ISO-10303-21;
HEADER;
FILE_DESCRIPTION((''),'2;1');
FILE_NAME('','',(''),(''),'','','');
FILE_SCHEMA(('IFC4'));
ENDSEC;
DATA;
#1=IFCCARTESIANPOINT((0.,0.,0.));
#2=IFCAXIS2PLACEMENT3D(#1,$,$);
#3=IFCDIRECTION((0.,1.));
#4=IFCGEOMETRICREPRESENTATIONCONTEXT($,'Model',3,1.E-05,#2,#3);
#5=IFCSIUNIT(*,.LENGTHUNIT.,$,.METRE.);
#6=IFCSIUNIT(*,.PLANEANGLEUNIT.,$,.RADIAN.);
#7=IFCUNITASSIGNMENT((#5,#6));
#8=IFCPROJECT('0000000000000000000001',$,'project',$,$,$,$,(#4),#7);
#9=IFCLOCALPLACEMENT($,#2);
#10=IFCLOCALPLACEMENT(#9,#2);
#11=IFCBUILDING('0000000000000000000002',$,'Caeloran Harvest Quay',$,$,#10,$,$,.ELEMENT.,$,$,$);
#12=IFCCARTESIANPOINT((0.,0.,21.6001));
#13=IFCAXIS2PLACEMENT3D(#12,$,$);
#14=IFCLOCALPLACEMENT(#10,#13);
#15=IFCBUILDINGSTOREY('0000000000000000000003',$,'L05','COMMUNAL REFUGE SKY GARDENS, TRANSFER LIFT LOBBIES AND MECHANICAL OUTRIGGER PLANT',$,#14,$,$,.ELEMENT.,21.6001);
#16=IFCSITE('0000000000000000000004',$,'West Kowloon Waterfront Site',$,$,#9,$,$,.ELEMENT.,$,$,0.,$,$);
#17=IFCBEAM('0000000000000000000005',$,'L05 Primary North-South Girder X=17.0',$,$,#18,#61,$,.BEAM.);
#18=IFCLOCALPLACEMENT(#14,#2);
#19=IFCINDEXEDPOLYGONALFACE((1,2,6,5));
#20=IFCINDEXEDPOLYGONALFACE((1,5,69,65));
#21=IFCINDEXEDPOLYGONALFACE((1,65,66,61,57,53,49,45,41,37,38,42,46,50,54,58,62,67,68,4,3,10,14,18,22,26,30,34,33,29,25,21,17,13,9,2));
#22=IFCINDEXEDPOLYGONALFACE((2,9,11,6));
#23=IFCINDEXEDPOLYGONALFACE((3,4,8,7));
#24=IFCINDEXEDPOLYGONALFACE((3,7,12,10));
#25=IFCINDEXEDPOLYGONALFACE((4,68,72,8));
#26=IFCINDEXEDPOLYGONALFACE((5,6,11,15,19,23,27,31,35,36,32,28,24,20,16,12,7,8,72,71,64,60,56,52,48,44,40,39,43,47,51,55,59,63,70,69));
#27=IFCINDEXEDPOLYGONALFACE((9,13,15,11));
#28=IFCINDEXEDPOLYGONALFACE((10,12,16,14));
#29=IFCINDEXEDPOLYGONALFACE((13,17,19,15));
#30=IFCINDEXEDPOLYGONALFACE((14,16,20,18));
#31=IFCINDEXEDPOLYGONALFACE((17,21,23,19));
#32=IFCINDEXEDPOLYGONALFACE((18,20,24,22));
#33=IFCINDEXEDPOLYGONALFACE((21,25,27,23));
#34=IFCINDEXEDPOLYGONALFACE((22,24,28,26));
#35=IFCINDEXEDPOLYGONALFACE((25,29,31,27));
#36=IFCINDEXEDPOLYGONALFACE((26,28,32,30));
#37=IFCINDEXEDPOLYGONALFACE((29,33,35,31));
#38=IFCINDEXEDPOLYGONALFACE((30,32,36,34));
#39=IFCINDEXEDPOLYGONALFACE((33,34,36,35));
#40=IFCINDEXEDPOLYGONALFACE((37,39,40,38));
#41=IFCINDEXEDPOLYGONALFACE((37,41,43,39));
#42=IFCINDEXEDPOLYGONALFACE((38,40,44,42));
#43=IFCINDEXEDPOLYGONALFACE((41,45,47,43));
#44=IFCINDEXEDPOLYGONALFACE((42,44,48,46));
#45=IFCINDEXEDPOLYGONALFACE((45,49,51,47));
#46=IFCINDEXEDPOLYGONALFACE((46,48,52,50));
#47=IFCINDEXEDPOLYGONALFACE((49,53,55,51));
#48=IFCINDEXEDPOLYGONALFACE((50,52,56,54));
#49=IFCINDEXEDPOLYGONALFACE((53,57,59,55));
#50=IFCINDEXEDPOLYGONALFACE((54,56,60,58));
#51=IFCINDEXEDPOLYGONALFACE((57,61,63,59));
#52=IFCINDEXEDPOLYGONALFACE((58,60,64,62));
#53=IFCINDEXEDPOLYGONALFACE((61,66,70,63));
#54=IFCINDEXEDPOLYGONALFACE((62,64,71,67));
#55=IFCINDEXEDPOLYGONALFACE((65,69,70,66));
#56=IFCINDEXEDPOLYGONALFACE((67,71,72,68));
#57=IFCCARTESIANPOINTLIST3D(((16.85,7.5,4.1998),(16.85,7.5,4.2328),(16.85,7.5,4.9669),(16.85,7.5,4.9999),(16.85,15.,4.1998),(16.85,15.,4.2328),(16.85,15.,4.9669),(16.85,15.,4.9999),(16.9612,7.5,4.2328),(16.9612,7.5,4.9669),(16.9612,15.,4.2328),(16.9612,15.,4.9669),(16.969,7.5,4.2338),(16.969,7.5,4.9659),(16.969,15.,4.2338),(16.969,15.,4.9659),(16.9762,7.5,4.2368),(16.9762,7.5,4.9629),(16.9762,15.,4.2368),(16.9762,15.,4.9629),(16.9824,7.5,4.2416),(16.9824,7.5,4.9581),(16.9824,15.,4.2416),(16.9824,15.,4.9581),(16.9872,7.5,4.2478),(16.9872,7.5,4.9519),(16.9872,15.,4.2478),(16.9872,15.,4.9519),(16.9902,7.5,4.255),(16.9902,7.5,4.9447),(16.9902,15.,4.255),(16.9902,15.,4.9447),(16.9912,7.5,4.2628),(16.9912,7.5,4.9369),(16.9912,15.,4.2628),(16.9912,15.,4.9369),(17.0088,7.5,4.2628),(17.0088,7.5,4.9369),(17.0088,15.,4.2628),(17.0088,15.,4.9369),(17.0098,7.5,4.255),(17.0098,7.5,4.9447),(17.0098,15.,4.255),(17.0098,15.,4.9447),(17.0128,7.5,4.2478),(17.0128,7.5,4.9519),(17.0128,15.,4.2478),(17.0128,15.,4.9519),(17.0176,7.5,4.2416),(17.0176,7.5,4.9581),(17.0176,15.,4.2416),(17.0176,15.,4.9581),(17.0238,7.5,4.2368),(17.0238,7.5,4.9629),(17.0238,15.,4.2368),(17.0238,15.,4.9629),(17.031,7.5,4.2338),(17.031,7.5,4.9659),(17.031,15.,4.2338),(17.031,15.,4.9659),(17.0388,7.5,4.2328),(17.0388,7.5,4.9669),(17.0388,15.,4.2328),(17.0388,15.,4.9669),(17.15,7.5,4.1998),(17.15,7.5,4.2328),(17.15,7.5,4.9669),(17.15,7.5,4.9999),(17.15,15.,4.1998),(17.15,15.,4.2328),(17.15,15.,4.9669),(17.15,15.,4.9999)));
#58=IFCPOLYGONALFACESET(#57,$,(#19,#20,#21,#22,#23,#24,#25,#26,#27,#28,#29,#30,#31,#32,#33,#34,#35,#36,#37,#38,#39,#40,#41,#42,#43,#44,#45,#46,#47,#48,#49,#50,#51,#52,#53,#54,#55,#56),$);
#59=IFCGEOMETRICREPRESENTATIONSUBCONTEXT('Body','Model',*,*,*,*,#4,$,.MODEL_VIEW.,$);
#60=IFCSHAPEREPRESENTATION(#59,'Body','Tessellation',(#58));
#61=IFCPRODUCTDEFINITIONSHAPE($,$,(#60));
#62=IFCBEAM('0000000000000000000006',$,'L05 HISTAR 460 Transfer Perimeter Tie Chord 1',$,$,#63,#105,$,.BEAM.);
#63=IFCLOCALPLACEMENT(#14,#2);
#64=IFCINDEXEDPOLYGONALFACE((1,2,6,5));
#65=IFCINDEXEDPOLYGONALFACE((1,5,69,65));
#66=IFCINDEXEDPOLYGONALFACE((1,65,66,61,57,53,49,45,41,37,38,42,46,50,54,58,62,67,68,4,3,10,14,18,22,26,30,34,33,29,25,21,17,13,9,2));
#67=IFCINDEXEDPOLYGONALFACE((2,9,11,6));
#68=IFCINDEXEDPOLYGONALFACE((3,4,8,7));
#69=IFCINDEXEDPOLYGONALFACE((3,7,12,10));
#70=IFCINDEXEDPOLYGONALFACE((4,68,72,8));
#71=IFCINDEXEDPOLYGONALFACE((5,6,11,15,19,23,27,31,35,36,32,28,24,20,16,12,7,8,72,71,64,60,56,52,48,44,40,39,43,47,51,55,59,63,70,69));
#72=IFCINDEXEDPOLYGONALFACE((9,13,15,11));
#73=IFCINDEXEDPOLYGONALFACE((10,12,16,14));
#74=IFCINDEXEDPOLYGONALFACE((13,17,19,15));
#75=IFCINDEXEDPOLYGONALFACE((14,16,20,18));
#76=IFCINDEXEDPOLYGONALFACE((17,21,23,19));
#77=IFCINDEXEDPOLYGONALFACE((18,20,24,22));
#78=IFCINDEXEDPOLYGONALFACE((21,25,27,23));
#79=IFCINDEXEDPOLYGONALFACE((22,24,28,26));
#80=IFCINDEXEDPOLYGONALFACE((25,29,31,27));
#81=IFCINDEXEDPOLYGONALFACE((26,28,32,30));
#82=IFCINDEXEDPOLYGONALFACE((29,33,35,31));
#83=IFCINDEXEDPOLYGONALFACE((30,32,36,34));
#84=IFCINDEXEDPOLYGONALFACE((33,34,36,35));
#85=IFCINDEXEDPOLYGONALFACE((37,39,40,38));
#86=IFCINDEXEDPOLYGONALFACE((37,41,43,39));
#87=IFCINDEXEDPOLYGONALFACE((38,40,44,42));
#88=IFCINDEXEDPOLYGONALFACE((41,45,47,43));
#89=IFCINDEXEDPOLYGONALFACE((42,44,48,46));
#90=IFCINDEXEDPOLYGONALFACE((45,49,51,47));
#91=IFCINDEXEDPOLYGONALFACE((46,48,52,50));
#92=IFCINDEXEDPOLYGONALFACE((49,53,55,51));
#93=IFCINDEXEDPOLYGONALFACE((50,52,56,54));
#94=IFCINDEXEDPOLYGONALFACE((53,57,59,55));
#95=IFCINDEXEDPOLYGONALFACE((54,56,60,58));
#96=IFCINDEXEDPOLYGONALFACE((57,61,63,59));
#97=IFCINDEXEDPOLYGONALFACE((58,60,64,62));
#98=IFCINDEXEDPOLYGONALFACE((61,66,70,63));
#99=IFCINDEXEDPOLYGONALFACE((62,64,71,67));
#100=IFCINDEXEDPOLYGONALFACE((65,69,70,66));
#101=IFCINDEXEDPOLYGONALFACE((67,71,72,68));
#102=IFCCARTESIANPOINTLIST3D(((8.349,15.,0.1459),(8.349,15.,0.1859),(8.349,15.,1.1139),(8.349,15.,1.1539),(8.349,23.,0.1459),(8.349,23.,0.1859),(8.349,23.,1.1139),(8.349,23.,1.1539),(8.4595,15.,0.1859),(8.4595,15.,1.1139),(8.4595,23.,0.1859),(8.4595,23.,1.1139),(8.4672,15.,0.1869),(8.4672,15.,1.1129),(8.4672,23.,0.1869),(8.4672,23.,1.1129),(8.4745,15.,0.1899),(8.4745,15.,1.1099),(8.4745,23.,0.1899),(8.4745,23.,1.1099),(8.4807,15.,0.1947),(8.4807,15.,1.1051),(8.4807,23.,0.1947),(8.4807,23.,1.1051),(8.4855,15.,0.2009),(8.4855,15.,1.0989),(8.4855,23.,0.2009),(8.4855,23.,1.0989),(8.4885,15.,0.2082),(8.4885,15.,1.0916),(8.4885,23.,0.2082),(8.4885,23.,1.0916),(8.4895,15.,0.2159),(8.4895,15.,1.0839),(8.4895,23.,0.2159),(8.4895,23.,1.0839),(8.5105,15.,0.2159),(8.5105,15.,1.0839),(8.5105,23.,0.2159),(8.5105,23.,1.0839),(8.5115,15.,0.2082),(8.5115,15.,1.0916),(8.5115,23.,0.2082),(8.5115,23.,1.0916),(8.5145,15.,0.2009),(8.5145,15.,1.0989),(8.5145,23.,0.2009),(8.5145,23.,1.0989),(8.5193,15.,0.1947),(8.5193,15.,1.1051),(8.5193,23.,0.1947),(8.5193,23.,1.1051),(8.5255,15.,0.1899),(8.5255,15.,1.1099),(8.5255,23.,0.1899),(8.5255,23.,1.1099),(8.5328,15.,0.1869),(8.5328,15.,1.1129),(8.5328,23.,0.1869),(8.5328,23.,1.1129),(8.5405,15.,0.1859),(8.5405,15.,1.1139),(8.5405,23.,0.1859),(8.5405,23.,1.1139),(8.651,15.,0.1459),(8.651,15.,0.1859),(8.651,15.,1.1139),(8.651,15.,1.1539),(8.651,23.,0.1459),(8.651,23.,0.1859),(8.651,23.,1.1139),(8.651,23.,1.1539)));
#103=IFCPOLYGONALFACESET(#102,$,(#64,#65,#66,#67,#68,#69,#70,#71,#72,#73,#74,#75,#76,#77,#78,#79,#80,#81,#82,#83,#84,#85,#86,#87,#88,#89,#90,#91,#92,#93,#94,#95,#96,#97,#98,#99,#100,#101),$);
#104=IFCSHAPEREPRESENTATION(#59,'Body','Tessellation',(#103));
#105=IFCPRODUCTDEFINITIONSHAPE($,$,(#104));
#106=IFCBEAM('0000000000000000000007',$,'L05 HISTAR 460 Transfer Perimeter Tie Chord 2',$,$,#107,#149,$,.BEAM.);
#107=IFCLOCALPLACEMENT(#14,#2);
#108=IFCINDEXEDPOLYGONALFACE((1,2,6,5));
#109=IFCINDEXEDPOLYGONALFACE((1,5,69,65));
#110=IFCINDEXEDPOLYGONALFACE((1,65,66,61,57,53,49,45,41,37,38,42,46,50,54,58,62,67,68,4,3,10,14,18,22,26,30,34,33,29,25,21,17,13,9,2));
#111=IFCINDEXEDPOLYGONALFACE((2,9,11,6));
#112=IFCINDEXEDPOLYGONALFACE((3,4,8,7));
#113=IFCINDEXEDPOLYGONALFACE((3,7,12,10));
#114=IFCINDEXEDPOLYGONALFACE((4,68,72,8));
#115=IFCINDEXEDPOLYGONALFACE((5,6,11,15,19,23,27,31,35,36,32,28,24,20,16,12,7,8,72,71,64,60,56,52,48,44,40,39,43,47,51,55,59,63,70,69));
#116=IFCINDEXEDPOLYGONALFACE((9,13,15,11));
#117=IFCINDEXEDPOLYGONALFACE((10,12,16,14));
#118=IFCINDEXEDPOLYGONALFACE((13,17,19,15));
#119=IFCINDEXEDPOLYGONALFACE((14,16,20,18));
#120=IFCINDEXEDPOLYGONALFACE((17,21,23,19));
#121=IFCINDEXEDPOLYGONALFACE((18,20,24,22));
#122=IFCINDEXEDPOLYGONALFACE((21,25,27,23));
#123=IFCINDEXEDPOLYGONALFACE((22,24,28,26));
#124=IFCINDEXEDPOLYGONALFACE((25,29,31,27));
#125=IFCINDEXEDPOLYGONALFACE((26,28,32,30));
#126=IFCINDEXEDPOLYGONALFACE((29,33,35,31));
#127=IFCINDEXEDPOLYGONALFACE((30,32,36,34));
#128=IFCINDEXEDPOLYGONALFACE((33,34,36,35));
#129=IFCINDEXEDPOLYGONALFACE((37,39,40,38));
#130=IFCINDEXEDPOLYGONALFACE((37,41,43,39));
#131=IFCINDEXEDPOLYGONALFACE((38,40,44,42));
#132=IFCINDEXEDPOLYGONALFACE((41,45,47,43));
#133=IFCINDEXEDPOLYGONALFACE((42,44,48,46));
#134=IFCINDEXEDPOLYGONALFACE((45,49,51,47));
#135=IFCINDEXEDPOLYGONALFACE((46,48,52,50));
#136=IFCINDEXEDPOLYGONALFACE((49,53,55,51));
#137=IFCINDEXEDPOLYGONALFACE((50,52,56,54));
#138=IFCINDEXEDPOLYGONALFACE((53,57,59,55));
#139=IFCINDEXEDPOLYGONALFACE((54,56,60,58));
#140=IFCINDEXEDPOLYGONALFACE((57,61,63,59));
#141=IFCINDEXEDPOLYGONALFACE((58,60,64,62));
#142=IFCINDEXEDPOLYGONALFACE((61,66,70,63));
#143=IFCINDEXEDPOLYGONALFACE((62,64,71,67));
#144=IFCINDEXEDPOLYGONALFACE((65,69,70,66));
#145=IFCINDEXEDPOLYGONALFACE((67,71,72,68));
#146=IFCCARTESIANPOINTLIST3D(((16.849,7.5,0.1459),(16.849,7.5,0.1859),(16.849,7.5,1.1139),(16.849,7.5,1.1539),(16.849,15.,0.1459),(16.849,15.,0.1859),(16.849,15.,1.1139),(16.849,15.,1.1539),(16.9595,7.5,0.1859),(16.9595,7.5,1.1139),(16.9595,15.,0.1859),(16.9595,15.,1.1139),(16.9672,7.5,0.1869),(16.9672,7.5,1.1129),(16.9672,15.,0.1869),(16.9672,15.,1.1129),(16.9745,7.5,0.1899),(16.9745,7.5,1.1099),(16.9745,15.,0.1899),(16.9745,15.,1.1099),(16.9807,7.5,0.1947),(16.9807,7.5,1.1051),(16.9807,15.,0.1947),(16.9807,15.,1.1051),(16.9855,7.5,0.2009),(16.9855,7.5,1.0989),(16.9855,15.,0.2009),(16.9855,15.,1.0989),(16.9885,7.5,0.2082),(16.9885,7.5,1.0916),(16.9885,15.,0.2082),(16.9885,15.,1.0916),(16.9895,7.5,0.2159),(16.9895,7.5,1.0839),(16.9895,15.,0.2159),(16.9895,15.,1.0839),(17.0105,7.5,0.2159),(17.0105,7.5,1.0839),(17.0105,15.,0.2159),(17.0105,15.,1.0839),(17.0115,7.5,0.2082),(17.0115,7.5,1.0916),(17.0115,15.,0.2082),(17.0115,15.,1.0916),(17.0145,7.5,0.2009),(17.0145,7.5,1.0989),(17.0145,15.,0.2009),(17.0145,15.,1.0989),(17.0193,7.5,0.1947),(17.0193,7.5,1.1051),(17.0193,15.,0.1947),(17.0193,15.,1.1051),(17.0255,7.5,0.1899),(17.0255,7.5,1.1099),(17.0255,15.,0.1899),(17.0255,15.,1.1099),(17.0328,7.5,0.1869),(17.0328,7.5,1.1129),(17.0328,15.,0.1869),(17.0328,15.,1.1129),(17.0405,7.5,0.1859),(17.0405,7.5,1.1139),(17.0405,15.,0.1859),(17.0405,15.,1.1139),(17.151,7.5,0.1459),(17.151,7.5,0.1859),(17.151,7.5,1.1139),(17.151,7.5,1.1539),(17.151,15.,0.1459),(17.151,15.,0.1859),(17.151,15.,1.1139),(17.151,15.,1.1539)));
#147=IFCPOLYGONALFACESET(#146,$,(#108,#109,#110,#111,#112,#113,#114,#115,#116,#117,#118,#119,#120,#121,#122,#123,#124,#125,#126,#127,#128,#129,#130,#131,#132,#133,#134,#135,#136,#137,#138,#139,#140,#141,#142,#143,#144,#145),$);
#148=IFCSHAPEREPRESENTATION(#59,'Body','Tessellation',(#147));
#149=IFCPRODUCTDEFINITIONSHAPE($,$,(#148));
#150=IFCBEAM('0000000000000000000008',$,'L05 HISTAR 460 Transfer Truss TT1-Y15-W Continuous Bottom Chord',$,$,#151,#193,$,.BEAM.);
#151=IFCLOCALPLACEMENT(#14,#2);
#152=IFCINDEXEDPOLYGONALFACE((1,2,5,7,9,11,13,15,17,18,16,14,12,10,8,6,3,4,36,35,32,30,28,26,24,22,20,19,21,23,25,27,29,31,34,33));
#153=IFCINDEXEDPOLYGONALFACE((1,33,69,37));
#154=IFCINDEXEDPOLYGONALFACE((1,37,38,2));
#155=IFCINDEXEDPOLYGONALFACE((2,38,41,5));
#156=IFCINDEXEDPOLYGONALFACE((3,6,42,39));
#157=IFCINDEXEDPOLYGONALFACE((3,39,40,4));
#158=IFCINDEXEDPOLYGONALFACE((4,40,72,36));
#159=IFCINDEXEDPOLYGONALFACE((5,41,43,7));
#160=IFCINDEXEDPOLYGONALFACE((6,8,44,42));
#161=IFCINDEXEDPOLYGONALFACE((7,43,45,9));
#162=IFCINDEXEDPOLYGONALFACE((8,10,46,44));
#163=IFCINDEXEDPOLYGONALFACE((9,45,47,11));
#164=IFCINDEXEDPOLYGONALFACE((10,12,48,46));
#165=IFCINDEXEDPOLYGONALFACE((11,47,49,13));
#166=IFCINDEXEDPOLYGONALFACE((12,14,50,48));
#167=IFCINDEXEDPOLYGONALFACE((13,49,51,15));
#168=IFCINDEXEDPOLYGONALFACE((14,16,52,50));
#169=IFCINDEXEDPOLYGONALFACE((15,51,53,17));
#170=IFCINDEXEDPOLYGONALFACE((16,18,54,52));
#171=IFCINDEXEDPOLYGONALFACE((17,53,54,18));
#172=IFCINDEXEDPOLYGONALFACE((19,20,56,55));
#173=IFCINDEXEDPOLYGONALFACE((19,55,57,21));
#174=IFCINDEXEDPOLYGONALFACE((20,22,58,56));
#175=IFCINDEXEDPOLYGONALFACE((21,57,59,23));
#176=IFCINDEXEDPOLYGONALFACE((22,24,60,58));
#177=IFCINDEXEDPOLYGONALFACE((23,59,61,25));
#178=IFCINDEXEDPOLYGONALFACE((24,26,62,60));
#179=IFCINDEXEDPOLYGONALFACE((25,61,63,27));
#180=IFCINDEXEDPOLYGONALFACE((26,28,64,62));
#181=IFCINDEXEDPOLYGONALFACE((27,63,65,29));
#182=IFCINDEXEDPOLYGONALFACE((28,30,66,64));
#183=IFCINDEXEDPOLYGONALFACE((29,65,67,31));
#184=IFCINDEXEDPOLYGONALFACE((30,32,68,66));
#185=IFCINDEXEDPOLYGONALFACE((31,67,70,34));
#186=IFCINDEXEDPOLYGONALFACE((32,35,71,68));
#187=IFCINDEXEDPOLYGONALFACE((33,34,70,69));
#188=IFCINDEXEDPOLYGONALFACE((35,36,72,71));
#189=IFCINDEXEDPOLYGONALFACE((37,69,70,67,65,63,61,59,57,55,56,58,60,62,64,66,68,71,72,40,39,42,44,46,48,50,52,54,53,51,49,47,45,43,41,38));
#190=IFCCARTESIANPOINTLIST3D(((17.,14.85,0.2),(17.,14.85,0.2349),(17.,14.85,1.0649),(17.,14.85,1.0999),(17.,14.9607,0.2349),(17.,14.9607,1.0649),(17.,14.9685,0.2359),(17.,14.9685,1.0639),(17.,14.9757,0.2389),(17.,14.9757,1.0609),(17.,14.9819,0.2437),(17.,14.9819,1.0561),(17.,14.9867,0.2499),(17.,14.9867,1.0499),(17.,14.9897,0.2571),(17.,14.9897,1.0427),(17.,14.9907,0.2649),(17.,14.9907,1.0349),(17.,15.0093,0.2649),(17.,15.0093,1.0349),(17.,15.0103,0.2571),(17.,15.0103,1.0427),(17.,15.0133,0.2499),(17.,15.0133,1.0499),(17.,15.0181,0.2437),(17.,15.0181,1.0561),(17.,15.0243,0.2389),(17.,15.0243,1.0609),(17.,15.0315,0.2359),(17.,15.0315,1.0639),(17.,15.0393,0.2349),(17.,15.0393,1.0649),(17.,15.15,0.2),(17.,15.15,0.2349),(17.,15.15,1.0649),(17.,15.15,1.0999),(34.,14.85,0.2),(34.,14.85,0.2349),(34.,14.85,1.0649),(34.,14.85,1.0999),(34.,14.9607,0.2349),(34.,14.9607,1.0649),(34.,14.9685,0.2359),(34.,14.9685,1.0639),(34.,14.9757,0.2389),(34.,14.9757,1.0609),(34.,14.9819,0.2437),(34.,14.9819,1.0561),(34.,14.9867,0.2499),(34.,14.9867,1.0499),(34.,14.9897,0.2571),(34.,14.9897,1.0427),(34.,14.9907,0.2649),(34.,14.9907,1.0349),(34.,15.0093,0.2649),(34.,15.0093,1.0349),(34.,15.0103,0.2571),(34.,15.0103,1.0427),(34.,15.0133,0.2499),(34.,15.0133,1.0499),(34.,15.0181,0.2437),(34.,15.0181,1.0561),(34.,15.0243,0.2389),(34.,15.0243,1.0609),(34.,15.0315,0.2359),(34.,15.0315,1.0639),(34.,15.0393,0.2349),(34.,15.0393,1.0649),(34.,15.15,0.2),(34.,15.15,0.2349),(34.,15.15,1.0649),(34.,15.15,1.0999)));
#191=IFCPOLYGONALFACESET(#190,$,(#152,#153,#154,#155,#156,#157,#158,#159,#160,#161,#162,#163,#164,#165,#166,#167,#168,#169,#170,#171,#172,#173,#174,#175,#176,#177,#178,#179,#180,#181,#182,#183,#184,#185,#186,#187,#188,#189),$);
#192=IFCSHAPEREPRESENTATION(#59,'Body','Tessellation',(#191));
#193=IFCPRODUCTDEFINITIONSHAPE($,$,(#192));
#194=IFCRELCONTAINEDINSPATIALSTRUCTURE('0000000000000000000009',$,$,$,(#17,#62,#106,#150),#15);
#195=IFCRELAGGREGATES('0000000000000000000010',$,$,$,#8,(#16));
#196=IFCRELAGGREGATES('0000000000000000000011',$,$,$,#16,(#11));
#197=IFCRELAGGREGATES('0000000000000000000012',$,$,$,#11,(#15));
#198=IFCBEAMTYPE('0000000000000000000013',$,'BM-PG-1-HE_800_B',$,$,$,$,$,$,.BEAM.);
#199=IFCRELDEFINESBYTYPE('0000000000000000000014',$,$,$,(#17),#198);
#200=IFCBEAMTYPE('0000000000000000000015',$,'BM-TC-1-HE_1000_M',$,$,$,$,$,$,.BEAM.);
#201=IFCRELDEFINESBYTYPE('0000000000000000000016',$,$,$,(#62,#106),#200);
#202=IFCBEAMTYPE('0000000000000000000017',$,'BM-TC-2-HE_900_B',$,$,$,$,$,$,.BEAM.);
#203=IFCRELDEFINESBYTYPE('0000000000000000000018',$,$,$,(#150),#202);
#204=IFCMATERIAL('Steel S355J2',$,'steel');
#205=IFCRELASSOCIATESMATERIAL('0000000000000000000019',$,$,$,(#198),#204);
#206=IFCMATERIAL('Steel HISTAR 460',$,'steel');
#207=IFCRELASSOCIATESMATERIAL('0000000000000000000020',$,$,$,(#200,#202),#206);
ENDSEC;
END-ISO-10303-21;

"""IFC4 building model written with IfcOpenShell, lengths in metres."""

from ifc_helpers import new_model, si_unit, direction, frame, origin, origin_2d, place, context, subcontext, project, spatial, i_section, extrude, material, material_profile, profile_set, type_object, element, save


model = new_model("IFC4")

# Units and contexts
model_context = context("Model", 3, precision=1e-05, world=origin(), true_north=direction((0.0, 1.0)))
body_context = subcontext(model_context, "Body", "Model", "MODEL_VIEW")
ifc_project = project(units=[si_unit("LENGTHUNIT", "METRE"), si_unit("PLANEANGLEUNIT", "RADIAN")], contexts=[model_context])

# Site, building, storey
site_placement = place(None, origin())
site = spatial("IfcSite", under=ifc_project, at=site_placement, Name="West Kowloon Waterfront Site", CompositionType="ELEMENT", RefElevation=0.0)
building_placement = place(site_placement, origin())
building = spatial("IfcBuilding", under=site, at=building_placement, Name="Caeloran Harvest Quay", CompositionType="ELEMENT")
storey_placement = place(building_placement, frame((0.0, 0.0, 21.6001)))
storey = spatial("IfcBuildingStorey", under=building, at=storey_placement, Name="L05", Description="COMMUNAL REFUGE SKY GARDENS, TRANSFER LIFT LOBBIES AND MECHANICAL OUTRIGGER PLANT", CompositionType="ELEMENT", Elevation=21.6001)

# Beams
ifc_material_1 = material(Name="Steel S355J2", Category="steel")
ifc_material_profile_1 = material_profile(ifc_material_1, i_section(OverallWidth=0.3, OverallDepth=0.8, WebThickness=0.0176, FlangeThickness=0.033, FilletRadius=0.03, at=origin_2d()), Name="HE 800 B")
ifc_profile_set_1 = profile_set([ifc_material_profile_1], Name="Steel S355J2")
beam_type_1 = type_object("IfcBeamType", Name="BM-PG-1-HE_800_B", PredefinedType="BEAM", material=ifc_profile_set_1)
beam_1_placement = place(storey_placement, frame((17.0, 7.5, 4.5999), z_axis=(0.0, 1.0, 0.0), x_axis=(-1.0, 0.0, 0.0)))
element("IfcBeam", 1, at=beam_1_placement, inside=storey, type_object=beam_type_1, Name="L05 Primary North-South Girder X=17.0", PredefinedType="BEAM", context=body_context, shape_type="SweptSolid", body=[
    extrude(i_section(OverallWidth=0.3, OverallDepth=0.8, WebThickness=0.0176, FlangeThickness=0.033, FilletRadius=0.03, at=origin_2d()), origin(), (0.0, 0.0, 1.0), 7.5),
])
ifc_material_2 = material(Name="Steel HISTAR 460", Category="steel")
ifc_material_profile_2 = material_profile(ifc_material_2, i_section(OverallWidth=0.302, OverallDepth=1.0081, WebThickness=0.021, FlangeThickness=0.04, FilletRadius=0.03, at=origin_2d()), Name="HE 1000 M")
ifc_profile_set_2 = profile_set([ifc_material_profile_2], Name="Steel HISTAR 460")
beam_type_2 = type_object("IfcBeamType", Name="BM-TC-1-HE_1000_M", PredefinedType="BEAM", material=ifc_profile_set_2)
beam_2_placement = place(storey_placement, frame((8.5, 15.0, 0.6499), z_axis=(0.0, 1.0, 0.0), x_axis=(-1.0, 0.0, 0.0)))
element("IfcBeam", 2, at=beam_2_placement, inside=storey, type_object=beam_type_2, Name="L05 HISTAR 460 Transfer Perimeter Tie Chord 1", PredefinedType="BEAM", context=body_context, shape_type="SweptSolid", body=[
    extrude(i_section(OverallWidth=0.302, OverallDepth=1.0081, WebThickness=0.021, FlangeThickness=0.04, FilletRadius=0.03, at=origin_2d()), origin(), (0.0, 0.0, 1.0), 8.0),
])
beam_3_placement = place(storey_placement, frame((17.0, 7.5, 0.6499), z_axis=(0.0, 1.0, 0.0), x_axis=(-1.0, 0.0, 0.0)))
element("IfcBeam", 3, at=beam_3_placement, inside=storey, type_object=beam_type_2, Name="L05 HISTAR 460 Transfer Perimeter Tie Chord 2", PredefinedType="BEAM", context=body_context, shape_type="SweptSolid", body=[
    extrude(i_section(OverallWidth=0.302, OverallDepth=1.0081, WebThickness=0.021, FlangeThickness=0.04, FilletRadius=0.03, at=origin_2d()), origin(), (0.0, 0.0, 1.0), 7.5),
])
ifc_material_profile_3 = material_profile(ifc_material_2, i_section(OverallWidth=0.3, OverallDepth=0.8999, WebThickness=0.0186, FlangeThickness=0.0349, FilletRadius=0.03, at=origin_2d()), Name="HE 900 B")
ifc_profile_set_3 = profile_set([ifc_material_profile_3], Name="Steel HISTAR 460")
beam_type_3 = type_object("IfcBeamType", Name="BM-TC-2-HE_900_B", PredefinedType="BEAM", material=ifc_profile_set_3)
beam_4_placement = place(storey_placement, frame((17.0, 15.0, 0.6499), z_axis=(1.0, 0.0, 0.0), x_axis=(0.0, 1.0, 0.0)))
element("IfcBeam", 4, at=beam_4_placement, inside=storey, type_object=beam_type_3, Name="L05 HISTAR 460 Transfer Truss TT1-Y15-W Continuous Bottom Chord", PredefinedType="BEAM", context=body_context, shape_type="SweptSolid", body=[
    extrude(i_section(OverallWidth=0.3, OverallDepth=0.8999, WebThickness=0.0186, FlangeThickness=0.0349, FilletRadius=0.03, at=origin_2d()), origin(), (0.0, 0.0, 1.0), 17.0),
])

save(model, "model.ifc")
